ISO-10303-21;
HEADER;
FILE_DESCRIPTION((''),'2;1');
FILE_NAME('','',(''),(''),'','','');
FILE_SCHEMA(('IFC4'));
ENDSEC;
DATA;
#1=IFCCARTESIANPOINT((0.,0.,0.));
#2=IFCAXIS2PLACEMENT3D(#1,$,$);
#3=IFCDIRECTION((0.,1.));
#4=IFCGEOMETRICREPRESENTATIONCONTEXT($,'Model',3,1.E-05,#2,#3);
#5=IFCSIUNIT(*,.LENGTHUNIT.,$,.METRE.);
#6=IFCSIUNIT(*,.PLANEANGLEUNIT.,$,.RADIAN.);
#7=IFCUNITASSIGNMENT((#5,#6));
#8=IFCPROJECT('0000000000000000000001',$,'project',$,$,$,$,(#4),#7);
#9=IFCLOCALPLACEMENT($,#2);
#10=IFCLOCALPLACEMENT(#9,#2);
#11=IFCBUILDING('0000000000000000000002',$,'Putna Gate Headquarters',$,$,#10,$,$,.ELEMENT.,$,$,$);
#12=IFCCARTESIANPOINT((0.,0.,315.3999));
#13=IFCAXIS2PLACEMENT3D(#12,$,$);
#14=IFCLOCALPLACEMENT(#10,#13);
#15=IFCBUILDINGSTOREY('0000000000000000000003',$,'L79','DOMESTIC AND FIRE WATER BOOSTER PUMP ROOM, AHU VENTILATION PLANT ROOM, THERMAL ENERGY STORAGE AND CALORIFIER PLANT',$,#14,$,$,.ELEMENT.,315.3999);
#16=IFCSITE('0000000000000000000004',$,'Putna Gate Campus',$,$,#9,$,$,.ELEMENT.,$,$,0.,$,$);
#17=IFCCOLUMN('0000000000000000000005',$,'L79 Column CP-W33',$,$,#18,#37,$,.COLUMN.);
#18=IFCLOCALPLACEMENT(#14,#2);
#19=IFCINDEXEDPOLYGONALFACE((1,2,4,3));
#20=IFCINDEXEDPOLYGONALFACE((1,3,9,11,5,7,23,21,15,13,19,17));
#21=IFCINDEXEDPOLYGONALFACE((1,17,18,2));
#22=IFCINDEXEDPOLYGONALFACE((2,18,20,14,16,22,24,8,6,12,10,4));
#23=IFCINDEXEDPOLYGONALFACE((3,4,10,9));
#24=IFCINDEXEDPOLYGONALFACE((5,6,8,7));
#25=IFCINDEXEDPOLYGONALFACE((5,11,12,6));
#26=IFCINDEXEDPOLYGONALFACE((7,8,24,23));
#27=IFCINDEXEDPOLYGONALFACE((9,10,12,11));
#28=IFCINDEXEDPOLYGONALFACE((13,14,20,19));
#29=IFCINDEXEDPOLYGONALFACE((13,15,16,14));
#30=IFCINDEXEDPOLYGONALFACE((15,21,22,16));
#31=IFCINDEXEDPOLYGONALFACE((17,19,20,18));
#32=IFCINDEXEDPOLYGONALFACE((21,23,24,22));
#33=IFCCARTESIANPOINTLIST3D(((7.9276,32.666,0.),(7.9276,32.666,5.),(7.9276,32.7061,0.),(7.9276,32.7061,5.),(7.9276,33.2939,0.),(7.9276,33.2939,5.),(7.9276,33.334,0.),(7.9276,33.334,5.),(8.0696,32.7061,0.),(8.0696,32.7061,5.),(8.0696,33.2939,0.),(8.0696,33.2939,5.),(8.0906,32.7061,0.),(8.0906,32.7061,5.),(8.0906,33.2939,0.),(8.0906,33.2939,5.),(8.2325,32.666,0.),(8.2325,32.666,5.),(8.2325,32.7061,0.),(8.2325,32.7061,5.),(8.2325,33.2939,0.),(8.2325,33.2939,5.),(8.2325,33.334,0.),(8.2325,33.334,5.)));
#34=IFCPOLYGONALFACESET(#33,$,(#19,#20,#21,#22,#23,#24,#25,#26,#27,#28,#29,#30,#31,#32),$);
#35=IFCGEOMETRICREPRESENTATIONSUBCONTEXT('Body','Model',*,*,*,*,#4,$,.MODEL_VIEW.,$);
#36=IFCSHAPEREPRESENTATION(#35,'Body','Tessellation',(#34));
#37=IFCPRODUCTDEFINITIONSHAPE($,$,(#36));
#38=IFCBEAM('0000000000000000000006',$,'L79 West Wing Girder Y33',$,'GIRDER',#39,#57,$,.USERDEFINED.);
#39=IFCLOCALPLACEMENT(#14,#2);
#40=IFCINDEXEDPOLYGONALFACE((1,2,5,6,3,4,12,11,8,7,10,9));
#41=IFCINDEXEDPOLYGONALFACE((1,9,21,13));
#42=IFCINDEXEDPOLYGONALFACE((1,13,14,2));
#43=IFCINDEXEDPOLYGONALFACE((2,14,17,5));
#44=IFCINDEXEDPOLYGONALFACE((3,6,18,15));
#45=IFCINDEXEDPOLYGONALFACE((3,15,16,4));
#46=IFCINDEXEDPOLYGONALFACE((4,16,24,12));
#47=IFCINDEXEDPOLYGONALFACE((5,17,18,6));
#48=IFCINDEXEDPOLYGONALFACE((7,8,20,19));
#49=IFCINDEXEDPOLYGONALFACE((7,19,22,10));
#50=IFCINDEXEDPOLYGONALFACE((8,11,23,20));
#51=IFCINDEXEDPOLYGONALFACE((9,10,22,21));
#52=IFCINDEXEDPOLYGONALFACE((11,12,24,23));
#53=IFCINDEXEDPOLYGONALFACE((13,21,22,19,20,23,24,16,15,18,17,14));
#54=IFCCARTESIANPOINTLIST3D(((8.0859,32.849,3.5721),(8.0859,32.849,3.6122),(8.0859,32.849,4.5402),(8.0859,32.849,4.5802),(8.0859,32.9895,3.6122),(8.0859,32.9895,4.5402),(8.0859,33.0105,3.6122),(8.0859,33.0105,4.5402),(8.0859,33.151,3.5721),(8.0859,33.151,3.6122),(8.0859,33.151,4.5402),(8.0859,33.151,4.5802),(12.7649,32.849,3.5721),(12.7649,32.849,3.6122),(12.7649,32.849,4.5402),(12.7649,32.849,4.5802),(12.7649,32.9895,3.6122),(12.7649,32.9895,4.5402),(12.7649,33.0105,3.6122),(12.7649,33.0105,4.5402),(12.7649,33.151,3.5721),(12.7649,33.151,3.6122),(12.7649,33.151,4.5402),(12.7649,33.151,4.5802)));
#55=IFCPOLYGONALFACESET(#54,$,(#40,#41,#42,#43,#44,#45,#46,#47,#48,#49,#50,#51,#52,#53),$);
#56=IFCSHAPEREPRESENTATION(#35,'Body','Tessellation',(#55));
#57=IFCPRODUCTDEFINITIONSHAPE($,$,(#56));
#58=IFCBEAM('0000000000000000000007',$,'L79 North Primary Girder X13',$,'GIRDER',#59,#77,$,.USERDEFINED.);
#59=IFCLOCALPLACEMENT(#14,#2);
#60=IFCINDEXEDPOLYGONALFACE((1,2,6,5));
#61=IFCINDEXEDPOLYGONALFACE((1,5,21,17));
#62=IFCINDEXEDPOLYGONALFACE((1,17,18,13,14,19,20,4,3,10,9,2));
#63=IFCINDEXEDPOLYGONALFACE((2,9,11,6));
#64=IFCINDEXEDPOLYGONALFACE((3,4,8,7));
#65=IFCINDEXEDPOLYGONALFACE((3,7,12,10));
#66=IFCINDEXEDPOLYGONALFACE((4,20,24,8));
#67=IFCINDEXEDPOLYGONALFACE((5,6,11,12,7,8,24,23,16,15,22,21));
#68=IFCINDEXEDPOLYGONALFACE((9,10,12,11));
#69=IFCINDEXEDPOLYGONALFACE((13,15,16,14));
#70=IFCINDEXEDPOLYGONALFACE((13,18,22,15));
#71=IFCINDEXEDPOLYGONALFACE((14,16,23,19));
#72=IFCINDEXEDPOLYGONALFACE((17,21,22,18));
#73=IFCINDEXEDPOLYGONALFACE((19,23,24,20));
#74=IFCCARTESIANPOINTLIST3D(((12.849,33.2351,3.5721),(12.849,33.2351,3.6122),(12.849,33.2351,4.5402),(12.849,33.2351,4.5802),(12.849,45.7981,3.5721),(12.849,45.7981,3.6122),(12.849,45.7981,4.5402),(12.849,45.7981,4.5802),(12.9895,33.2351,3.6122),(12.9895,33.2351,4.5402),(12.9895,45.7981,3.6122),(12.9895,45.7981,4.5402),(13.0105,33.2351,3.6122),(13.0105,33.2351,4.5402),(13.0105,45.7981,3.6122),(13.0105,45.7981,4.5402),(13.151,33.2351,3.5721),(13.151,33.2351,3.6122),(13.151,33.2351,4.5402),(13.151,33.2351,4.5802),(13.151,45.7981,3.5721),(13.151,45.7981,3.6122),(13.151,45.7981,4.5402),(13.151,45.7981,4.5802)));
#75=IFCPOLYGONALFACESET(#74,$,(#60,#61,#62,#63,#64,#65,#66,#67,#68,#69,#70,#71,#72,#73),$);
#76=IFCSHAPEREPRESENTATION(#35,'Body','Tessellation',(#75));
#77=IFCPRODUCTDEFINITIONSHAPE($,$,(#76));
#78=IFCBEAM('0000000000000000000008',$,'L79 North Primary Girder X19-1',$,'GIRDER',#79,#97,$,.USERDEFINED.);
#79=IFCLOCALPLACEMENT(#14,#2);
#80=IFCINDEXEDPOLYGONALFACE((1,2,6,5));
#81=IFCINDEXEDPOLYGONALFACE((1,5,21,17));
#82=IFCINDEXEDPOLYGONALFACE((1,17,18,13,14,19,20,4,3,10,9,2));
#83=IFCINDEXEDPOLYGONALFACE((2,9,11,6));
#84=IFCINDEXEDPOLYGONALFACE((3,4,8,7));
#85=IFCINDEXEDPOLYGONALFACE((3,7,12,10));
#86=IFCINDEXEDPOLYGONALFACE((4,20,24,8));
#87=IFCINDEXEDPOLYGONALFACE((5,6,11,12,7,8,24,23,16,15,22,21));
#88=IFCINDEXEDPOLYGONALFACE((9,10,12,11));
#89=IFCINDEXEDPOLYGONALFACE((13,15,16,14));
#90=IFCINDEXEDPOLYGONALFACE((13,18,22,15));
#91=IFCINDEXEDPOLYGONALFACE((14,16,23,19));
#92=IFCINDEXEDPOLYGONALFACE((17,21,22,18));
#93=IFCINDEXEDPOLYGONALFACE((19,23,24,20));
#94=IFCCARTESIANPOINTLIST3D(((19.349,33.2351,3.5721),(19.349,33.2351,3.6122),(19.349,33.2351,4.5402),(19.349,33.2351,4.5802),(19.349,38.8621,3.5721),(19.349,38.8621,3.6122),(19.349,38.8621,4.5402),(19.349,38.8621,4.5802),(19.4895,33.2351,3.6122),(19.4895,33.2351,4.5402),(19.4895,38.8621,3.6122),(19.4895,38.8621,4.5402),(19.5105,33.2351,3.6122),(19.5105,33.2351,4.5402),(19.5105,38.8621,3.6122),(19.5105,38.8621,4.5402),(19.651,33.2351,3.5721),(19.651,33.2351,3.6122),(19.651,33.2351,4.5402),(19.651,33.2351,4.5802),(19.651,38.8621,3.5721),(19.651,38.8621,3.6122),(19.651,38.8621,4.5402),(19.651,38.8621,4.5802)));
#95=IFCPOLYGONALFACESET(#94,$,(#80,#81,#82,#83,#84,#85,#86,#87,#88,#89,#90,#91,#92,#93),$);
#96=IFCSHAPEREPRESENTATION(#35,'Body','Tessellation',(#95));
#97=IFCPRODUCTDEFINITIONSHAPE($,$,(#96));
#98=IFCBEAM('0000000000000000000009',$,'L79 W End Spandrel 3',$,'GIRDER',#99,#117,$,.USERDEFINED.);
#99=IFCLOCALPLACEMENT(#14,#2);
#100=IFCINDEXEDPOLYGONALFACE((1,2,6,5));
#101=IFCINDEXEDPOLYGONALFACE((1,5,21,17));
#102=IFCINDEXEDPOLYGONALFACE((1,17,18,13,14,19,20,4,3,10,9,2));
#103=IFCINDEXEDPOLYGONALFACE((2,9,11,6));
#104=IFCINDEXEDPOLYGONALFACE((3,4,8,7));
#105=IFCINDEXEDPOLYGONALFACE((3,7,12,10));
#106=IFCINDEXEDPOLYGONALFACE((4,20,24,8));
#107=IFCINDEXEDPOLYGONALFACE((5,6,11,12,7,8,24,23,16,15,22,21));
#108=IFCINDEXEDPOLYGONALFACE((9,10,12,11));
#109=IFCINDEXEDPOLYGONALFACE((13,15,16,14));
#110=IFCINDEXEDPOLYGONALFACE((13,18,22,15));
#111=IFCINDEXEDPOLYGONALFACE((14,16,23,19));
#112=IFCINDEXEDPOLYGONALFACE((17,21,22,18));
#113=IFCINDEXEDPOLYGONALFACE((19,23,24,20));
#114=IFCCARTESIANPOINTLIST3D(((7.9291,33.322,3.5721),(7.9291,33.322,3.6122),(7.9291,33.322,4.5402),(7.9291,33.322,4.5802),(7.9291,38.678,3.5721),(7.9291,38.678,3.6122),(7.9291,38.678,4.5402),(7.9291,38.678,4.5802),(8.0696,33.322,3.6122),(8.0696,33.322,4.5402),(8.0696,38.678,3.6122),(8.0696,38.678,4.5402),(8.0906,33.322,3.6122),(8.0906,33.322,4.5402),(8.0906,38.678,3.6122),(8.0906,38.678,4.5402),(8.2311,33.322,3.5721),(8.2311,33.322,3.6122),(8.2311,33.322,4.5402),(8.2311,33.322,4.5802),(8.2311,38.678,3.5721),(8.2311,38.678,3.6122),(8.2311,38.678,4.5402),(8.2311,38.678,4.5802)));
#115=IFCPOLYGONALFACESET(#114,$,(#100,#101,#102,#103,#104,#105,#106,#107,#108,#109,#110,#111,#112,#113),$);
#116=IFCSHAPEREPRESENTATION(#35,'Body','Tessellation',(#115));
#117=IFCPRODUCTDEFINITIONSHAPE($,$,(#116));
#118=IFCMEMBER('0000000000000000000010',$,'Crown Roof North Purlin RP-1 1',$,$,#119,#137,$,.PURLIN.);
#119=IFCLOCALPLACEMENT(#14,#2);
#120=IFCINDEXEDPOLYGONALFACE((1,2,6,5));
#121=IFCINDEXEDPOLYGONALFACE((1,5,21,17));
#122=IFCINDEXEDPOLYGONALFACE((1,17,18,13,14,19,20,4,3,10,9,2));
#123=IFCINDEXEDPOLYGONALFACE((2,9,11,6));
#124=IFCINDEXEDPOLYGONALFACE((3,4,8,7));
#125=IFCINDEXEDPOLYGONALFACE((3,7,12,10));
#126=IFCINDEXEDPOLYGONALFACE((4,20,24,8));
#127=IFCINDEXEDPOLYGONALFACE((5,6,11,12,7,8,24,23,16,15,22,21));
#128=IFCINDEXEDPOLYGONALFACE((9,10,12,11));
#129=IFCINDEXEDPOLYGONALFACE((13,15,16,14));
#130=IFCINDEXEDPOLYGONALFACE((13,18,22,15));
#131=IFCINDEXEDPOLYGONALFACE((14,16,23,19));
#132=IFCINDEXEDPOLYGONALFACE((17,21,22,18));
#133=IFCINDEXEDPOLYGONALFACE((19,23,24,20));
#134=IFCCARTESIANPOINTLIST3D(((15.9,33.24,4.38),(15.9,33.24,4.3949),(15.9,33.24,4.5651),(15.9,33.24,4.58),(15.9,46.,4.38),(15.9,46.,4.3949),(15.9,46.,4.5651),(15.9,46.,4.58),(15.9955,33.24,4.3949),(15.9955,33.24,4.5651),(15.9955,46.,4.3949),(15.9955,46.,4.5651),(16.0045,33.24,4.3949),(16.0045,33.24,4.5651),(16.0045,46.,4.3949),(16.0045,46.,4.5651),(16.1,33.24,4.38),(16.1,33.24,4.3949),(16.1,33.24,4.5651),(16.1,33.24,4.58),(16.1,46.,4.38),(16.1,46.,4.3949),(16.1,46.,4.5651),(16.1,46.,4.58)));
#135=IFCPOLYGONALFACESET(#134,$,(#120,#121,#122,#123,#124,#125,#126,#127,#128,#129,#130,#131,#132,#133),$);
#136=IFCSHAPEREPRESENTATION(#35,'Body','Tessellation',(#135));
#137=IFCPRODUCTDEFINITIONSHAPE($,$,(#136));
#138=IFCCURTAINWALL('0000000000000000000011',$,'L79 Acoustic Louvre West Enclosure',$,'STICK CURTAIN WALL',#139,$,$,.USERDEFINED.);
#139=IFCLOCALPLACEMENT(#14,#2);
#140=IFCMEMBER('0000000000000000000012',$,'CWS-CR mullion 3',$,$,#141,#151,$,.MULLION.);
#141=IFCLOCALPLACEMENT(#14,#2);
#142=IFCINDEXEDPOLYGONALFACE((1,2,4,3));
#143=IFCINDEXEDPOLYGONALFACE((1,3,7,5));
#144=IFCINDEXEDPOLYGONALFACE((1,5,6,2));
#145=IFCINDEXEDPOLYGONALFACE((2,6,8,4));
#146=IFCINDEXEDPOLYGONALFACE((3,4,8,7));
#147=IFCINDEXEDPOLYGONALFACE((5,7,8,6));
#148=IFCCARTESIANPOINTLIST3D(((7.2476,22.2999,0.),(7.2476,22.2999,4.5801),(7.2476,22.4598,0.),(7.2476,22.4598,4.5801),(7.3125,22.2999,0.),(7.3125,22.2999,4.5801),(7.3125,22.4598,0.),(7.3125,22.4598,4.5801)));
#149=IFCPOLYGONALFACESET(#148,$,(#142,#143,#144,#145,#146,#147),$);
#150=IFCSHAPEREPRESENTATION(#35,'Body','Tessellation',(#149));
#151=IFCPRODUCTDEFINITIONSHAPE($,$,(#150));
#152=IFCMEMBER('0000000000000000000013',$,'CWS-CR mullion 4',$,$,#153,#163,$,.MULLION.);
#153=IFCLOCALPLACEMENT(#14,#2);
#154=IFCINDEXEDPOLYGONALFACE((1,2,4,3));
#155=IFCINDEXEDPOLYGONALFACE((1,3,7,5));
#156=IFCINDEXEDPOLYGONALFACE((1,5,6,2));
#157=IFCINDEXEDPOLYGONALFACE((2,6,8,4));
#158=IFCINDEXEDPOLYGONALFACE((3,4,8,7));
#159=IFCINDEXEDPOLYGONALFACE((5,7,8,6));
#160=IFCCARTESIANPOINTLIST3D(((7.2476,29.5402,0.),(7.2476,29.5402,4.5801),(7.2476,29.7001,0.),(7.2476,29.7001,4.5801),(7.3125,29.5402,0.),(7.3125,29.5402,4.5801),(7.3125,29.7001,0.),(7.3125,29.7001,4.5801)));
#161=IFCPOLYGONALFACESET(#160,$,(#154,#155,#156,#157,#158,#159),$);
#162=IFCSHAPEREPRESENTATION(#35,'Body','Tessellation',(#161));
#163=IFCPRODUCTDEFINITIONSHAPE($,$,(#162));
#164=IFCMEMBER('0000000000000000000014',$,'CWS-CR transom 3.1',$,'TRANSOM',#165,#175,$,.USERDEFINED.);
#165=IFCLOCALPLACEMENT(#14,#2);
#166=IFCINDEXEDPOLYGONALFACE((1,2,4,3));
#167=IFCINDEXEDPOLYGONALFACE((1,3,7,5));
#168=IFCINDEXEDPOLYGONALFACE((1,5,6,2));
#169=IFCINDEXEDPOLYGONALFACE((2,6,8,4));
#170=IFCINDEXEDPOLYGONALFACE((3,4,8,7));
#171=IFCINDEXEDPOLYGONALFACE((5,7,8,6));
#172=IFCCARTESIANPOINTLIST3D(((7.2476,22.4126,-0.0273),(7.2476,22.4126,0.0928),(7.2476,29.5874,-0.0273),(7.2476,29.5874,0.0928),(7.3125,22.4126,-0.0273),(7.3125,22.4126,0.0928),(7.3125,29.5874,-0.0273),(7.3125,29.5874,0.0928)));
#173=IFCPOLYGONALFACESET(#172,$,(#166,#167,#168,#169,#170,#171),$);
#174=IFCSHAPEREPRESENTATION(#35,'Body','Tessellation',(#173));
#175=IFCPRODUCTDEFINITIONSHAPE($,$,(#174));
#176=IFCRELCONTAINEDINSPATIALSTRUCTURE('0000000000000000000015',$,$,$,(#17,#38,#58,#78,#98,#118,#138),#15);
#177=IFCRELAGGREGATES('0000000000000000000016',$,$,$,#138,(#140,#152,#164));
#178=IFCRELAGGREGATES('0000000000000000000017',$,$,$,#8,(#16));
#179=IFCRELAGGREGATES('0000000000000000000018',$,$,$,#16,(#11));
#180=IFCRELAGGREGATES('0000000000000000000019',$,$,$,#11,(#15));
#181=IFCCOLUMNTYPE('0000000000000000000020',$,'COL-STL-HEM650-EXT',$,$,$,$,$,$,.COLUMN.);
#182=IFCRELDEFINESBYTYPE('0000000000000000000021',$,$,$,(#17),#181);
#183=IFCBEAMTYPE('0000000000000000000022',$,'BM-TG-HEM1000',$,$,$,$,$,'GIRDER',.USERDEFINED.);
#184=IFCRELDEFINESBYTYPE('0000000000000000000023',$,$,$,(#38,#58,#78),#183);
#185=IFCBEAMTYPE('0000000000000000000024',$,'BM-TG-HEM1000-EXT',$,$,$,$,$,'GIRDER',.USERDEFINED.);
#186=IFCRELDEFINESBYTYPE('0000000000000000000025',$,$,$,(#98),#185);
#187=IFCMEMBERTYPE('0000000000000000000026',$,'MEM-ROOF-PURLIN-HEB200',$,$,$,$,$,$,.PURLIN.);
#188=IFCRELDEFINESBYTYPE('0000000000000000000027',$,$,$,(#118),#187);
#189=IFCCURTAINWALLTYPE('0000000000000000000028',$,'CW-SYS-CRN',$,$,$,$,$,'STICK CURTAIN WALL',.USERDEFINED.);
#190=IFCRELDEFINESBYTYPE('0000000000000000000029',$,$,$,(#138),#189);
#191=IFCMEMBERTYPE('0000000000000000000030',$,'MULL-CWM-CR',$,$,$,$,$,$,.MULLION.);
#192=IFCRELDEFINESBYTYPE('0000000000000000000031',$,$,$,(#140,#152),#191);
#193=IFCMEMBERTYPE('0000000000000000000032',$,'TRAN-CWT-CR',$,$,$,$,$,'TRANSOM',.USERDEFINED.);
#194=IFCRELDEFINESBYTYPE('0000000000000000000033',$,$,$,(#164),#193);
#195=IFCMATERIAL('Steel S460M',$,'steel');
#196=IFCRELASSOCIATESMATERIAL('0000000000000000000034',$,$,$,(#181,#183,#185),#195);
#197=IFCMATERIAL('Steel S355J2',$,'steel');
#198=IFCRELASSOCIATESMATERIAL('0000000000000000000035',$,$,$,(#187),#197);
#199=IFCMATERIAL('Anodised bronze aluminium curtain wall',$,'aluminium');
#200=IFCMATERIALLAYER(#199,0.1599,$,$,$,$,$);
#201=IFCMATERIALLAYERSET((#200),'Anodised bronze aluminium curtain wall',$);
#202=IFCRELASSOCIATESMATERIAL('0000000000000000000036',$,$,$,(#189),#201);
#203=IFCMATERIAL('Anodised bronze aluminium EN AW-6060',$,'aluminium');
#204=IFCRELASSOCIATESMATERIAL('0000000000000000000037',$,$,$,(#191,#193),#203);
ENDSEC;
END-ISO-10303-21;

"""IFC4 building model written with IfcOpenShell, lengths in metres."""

from ifc_helpers import new_model, si_unit, direction, frame, origin, origin_2d, place, context, subcontext, project, spatial, rectangle, i_section, extrude, material, layer, layer_set, material_profile, profile_set, type_object, element, aggregate, save


model = new_model("IFC4")

# Units and contexts
model_context = context("Model", 3, precision=1e-05, world=origin(), true_north=direction((0.0, 1.0)))
body_context = subcontext(model_context, "Body", "Model", "MODEL_VIEW")
ifc_project = project(units=[si_unit("LENGTHUNIT", "METRE"), si_unit("PLANEANGLEUNIT", "RADIAN")], contexts=[model_context])

# Site, building, storey
site_placement = place(None, origin())
site = spatial("IfcSite", under=ifc_project, at=site_placement, Name="Putna Gate Campus", CompositionType="ELEMENT", RefElevation=0.0)
building_placement = place(site_placement, origin())
building = spatial("IfcBuilding", under=site, at=building_placement, Name="Putna Gate Headquarters", CompositionType="ELEMENT")
storey_placement = place(building_placement, frame((0.0, 0.0, 315.3999)))
storey = spatial("IfcBuildingStorey", under=building, at=storey_placement, Name="L79", Description="DOMESTIC AND FIRE WATER BOOSTER PUMP ROOM, AHU VENTILATION PLANT ROOM, THERMAL ENERGY STORAGE AND CALORIFIER PLANT", CompositionType="ELEMENT", Elevation=315.3999)

# Column
ifc_material_1 = material(Name="Steel S460M", Category="steel")
ifc_material_profile_1 = material_profile(ifc_material_1, i_section(OverallWidth=0.3049, OverallDepth=0.668, WebThickness=0.021, FlangeThickness=0.04, at=origin_2d()), Name="Steel S460M")
ifc_profile_set_1 = profile_set([ifc_material_profile_1], Name="Steel S460M")
column_type = type_object("IfcColumnType", Name="COL-STL-HEM650-EXT", PredefinedType="COLUMN", material=ifc_profile_set_1)
column_placement = place(storey_placement, frame((8.0801, 33.0, 0.0), z_axis=(0.0, 0.0, 1.0), x_axis=(1.0, 0.0, 0.0)))
element("IfcColumn", 1, at=column_placement, inside=storey, type_object=column_type, Name="L79 Column CP-W33", PredefinedType="COLUMN", context=body_context, shape_type="SweptSolid", body=[
    extrude(i_section(OverallWidth=0.3049, OverallDepth=0.668, WebThickness=0.021, FlangeThickness=0.04, at=origin_2d()), origin(), (0.0, 0.0, 1.0), 5.0),
])

# Beams
ifc_material_profile_2 = material_profile(ifc_material_1, i_section(OverallWidth=0.302, OverallDepth=1.0081, WebThickness=0.021, FlangeThickness=0.04, at=origin_2d()), Name="Steel S460M")
ifc_profile_set_2 = profile_set([ifc_material_profile_2], Name="Steel S460M")
beam_type_1 = type_object("IfcBeamType", Name="BM-TG-HEM1000", ElementType="GIRDER", PredefinedType="USERDEFINED", material=ifc_profile_set_2)
beam_1_placement = place(storey_placement, frame((8.0859, 33.0, 4.0762), z_axis=(1.0, 0.0, 0.0), x_axis=(0.0, 1.0, 0.0)))
element("IfcBeam", 2, at=beam_1_placement, inside=storey, type_object=beam_type_1, Name="L79 West Wing Girder Y33", ObjectType="GIRDER", PredefinedType="USERDEFINED", context=body_context, shape_type="SweptSolid", body=[
    extrude(i_section(OverallWidth=0.302, OverallDepth=1.0081, WebThickness=0.021, FlangeThickness=0.04, at=origin_2d()), origin(), (0.0, 0.0, 1.0), 4.679),
])
beam_2_placement = place(storey_placement, frame((13.0, 33.2351, 4.0762), z_axis=(0.0, 1.0, 0.0), x_axis=(-1.0, 0.0, 0.0)))
element("IfcBeam", 3, at=beam_2_placement, inside=storey, type_object=beam_type_1, Name="L79 North Primary Girder X13", ObjectType="GIRDER", PredefinedType="USERDEFINED", context=body_context, shape_type="SweptSolid", body=[
    extrude(i_section(OverallWidth=0.302, OverallDepth=1.0081, WebThickness=0.021, FlangeThickness=0.04, at=origin_2d()), origin(), (0.0, 0.0, 1.0), 12.563),
])
beam_3_placement = place(storey_placement, frame((19.5, 33.2351, 4.0762), z_axis=(0.0, 1.0, 0.0), x_axis=(-1.0, 0.0, 0.0)))
element("IfcBeam", 4, at=beam_3_placement, inside=storey, type_object=beam_type_1, Name="L79 North Primary Girder X19-1", ObjectType="GIRDER", PredefinedType="USERDEFINED", context=body_context, shape_type="SweptSolid", body=[
    extrude(i_section(OverallWidth=0.302, OverallDepth=1.0081, WebThickness=0.021, FlangeThickness=0.04, at=origin_2d()), origin(), (0.0, 0.0, 1.0), 5.627),
])
ifc_material_profile_3 = material_profile(ifc_material_1, i_section(OverallWidth=0.302, OverallDepth=1.0081, WebThickness=0.021, FlangeThickness=0.04, at=origin_2d()), Name="Steel S460M")
ifc_profile_set_3 = profile_set([ifc_material_profile_3], Name="Steel S460M")
beam_type_2 = type_object("IfcBeamType", Name="BM-TG-HEM1000-EXT", ElementType="GIRDER", PredefinedType="USERDEFINED", material=ifc_profile_set_3)
beam_4_placement = place(storey_placement, frame((8.0801, 33.322, 4.0762), z_axis=(0.0, 1.0, 0.0), x_axis=(-1.0, 0.0, 0.0)))
element("IfcBeam", 5, at=beam_4_placement, inside=storey, type_object=beam_type_2, Name="L79 W End Spandrel 3", ObjectType="GIRDER", PredefinedType="USERDEFINED", context=body_context, shape_type="SweptSolid", body=[
    extrude(i_section(OverallWidth=0.302, OverallDepth=1.0081, WebThickness=0.021, FlangeThickness=0.04, at=origin_2d()), origin(), (0.0, 0.0, 1.0), 5.356),
])

# Member
ifc_material_2 = material(Name="Steel S355J2", Category="steel")
ifc_material_profile_4 = material_profile(ifc_material_2, i_section(OverallWidth=0.2, OverallDepth=0.2, WebThickness=0.009, FlangeThickness=0.0149, at=origin_2d()), Name="Steel S355J2")
ifc_profile_set_4 = profile_set([ifc_material_profile_4], Name="Steel S355J2")
member_type_1 = type_object("IfcMemberType", Name="MEM-ROOF-PURLIN-HEB200", PredefinedType="PURLIN", material=ifc_profile_set_4)
member_1_placement = place(storey_placement, frame((16.0, 33.24, 4.48), z_axis=(0.0, 1.0, 0.0), x_axis=(-1.0, 0.0, 0.0)))
element("IfcMember", 6, at=member_1_placement, inside=storey, type_object=member_type_1, Name="Crown Roof North Purlin RP-1 1", PredefinedType="PURLIN", context=body_context, shape_type="SweptSolid", body=[
    extrude(i_section(OverallWidth=0.2, OverallDepth=0.2, WebThickness=0.009, FlangeThickness=0.0149, at=origin_2d()), origin(), (0.0, 0.0, 1.0), 12.76),
])

# Curtain wall, members
ifc_material_3 = material(Name="Anodised bronze aluminium curtain wall", Category="aluminium")
ifc_layer_1 = layer(ifc_material_3, 0.1599)
ifc_layer_set_1 = layer_set([ifc_layer_1], Name="Anodised bronze aluminium curtain wall")
curtain_wall_type = type_object("IfcCurtainWallType", Name="CW-SYS-CRN", ElementType="STICK CURTAIN WALL", PredefinedType="USERDEFINED", material=ifc_layer_set_1)
curtain_wall_placement = place(storey_placement, origin())
curtain_wall = element("IfcCurtainWall", 7, at=curtain_wall_placement, inside=storey, type_object=curtain_wall_type, Name="L79 Acoustic Louvre West Enclosure", ObjectType="STICK CURTAIN WALL", PredefinedType="USERDEFINED")
ifc_material_4 = material(Name="Anodised bronze aluminium EN AW-6060", Category="aluminium")
ifc_material_profile_5 = material_profile(ifc_material_4, rectangle(XDim=0.0649, YDim=0.1599, at=origin_2d()), Name="Anodised bronze aluminium EN AW-6060")
ifc_profile_set_5 = profile_set([ifc_material_profile_5], Name="Anodised bronze aluminium EN AW-6060")
member_type_2 = type_object("IfcMemberType", Name="MULL-CWM-CR", PredefinedType="MULLION", material=ifc_profile_set_5)
member_2_placement = place(storey_placement, frame((7.28, 22.3799, 0.0), z_axis=(0.0, 0.0, 1.0), x_axis=(-1.0, 0.0, 0.0)))
member_2 = element("IfcMember", 8, at=member_2_placement, type_object=member_type_2, Name="CWS-CR mullion 3", PredefinedType="MULLION", context=body_context, shape_type="SweptSolid", body=[
    extrude(rectangle(XDim=0.0649, YDim=0.1599, at=origin_2d()), origin(), (0.0, 0.0, 1.0), 4.5801),
])
member_3_placement = place(storey_placement, frame((7.28, 29.6201, 0.0), z_axis=(0.0, 0.0, 1.0), x_axis=(-1.0, 0.0, 0.0)))
member_3 = element("IfcMember", 9, at=member_3_placement, type_object=member_type_2, Name="CWS-CR mullion 4", PredefinedType="MULLION", context=body_context, shape_type="SweptSolid", body=[
    extrude(rectangle(XDim=0.0649, YDim=0.1599, at=origin_2d()), origin(), (0.0, 0.0, 1.0), 4.5801),
])
ifc_material_profile_6 = material_profile(ifc_material_4, rectangle(XDim=0.0649, YDim=0.1201, at=origin_2d()), Name="Anodised bronze aluminium EN AW-6060")
ifc_profile_set_6 = profile_set([ifc_material_profile_6], Name="Anodised bronze aluminium EN AW-6060")
member_type_3 = type_object("IfcMemberType", Name="TRAN-CWT-CR", ElementType="TRANSOM", PredefinedType="USERDEFINED", material=ifc_profile_set_6)
member_4_placement = place(storey_placement, frame((7.28, 22.4126, 0.0327), z_axis=(0.0, 1.0, 0.0), x_axis=(-1.0, 0.0, 0.0)))
member_4 = element("IfcMember", 10, at=member_4_placement, type_object=member_type_3, Name="CWS-CR transom 3.1", ObjectType="TRANSOM", PredefinedType="USERDEFINED", context=body_context, shape_type="SweptSolid", body=[
    extrude(rectangle(XDim=0.0649, YDim=0.1201, at=origin_2d()), origin(), (0.0, 0.0, 1.0), 7.1748),
])
aggregate(curtain_wall, [member_2, member_3, member_4])

save(model, "model.ifc")
